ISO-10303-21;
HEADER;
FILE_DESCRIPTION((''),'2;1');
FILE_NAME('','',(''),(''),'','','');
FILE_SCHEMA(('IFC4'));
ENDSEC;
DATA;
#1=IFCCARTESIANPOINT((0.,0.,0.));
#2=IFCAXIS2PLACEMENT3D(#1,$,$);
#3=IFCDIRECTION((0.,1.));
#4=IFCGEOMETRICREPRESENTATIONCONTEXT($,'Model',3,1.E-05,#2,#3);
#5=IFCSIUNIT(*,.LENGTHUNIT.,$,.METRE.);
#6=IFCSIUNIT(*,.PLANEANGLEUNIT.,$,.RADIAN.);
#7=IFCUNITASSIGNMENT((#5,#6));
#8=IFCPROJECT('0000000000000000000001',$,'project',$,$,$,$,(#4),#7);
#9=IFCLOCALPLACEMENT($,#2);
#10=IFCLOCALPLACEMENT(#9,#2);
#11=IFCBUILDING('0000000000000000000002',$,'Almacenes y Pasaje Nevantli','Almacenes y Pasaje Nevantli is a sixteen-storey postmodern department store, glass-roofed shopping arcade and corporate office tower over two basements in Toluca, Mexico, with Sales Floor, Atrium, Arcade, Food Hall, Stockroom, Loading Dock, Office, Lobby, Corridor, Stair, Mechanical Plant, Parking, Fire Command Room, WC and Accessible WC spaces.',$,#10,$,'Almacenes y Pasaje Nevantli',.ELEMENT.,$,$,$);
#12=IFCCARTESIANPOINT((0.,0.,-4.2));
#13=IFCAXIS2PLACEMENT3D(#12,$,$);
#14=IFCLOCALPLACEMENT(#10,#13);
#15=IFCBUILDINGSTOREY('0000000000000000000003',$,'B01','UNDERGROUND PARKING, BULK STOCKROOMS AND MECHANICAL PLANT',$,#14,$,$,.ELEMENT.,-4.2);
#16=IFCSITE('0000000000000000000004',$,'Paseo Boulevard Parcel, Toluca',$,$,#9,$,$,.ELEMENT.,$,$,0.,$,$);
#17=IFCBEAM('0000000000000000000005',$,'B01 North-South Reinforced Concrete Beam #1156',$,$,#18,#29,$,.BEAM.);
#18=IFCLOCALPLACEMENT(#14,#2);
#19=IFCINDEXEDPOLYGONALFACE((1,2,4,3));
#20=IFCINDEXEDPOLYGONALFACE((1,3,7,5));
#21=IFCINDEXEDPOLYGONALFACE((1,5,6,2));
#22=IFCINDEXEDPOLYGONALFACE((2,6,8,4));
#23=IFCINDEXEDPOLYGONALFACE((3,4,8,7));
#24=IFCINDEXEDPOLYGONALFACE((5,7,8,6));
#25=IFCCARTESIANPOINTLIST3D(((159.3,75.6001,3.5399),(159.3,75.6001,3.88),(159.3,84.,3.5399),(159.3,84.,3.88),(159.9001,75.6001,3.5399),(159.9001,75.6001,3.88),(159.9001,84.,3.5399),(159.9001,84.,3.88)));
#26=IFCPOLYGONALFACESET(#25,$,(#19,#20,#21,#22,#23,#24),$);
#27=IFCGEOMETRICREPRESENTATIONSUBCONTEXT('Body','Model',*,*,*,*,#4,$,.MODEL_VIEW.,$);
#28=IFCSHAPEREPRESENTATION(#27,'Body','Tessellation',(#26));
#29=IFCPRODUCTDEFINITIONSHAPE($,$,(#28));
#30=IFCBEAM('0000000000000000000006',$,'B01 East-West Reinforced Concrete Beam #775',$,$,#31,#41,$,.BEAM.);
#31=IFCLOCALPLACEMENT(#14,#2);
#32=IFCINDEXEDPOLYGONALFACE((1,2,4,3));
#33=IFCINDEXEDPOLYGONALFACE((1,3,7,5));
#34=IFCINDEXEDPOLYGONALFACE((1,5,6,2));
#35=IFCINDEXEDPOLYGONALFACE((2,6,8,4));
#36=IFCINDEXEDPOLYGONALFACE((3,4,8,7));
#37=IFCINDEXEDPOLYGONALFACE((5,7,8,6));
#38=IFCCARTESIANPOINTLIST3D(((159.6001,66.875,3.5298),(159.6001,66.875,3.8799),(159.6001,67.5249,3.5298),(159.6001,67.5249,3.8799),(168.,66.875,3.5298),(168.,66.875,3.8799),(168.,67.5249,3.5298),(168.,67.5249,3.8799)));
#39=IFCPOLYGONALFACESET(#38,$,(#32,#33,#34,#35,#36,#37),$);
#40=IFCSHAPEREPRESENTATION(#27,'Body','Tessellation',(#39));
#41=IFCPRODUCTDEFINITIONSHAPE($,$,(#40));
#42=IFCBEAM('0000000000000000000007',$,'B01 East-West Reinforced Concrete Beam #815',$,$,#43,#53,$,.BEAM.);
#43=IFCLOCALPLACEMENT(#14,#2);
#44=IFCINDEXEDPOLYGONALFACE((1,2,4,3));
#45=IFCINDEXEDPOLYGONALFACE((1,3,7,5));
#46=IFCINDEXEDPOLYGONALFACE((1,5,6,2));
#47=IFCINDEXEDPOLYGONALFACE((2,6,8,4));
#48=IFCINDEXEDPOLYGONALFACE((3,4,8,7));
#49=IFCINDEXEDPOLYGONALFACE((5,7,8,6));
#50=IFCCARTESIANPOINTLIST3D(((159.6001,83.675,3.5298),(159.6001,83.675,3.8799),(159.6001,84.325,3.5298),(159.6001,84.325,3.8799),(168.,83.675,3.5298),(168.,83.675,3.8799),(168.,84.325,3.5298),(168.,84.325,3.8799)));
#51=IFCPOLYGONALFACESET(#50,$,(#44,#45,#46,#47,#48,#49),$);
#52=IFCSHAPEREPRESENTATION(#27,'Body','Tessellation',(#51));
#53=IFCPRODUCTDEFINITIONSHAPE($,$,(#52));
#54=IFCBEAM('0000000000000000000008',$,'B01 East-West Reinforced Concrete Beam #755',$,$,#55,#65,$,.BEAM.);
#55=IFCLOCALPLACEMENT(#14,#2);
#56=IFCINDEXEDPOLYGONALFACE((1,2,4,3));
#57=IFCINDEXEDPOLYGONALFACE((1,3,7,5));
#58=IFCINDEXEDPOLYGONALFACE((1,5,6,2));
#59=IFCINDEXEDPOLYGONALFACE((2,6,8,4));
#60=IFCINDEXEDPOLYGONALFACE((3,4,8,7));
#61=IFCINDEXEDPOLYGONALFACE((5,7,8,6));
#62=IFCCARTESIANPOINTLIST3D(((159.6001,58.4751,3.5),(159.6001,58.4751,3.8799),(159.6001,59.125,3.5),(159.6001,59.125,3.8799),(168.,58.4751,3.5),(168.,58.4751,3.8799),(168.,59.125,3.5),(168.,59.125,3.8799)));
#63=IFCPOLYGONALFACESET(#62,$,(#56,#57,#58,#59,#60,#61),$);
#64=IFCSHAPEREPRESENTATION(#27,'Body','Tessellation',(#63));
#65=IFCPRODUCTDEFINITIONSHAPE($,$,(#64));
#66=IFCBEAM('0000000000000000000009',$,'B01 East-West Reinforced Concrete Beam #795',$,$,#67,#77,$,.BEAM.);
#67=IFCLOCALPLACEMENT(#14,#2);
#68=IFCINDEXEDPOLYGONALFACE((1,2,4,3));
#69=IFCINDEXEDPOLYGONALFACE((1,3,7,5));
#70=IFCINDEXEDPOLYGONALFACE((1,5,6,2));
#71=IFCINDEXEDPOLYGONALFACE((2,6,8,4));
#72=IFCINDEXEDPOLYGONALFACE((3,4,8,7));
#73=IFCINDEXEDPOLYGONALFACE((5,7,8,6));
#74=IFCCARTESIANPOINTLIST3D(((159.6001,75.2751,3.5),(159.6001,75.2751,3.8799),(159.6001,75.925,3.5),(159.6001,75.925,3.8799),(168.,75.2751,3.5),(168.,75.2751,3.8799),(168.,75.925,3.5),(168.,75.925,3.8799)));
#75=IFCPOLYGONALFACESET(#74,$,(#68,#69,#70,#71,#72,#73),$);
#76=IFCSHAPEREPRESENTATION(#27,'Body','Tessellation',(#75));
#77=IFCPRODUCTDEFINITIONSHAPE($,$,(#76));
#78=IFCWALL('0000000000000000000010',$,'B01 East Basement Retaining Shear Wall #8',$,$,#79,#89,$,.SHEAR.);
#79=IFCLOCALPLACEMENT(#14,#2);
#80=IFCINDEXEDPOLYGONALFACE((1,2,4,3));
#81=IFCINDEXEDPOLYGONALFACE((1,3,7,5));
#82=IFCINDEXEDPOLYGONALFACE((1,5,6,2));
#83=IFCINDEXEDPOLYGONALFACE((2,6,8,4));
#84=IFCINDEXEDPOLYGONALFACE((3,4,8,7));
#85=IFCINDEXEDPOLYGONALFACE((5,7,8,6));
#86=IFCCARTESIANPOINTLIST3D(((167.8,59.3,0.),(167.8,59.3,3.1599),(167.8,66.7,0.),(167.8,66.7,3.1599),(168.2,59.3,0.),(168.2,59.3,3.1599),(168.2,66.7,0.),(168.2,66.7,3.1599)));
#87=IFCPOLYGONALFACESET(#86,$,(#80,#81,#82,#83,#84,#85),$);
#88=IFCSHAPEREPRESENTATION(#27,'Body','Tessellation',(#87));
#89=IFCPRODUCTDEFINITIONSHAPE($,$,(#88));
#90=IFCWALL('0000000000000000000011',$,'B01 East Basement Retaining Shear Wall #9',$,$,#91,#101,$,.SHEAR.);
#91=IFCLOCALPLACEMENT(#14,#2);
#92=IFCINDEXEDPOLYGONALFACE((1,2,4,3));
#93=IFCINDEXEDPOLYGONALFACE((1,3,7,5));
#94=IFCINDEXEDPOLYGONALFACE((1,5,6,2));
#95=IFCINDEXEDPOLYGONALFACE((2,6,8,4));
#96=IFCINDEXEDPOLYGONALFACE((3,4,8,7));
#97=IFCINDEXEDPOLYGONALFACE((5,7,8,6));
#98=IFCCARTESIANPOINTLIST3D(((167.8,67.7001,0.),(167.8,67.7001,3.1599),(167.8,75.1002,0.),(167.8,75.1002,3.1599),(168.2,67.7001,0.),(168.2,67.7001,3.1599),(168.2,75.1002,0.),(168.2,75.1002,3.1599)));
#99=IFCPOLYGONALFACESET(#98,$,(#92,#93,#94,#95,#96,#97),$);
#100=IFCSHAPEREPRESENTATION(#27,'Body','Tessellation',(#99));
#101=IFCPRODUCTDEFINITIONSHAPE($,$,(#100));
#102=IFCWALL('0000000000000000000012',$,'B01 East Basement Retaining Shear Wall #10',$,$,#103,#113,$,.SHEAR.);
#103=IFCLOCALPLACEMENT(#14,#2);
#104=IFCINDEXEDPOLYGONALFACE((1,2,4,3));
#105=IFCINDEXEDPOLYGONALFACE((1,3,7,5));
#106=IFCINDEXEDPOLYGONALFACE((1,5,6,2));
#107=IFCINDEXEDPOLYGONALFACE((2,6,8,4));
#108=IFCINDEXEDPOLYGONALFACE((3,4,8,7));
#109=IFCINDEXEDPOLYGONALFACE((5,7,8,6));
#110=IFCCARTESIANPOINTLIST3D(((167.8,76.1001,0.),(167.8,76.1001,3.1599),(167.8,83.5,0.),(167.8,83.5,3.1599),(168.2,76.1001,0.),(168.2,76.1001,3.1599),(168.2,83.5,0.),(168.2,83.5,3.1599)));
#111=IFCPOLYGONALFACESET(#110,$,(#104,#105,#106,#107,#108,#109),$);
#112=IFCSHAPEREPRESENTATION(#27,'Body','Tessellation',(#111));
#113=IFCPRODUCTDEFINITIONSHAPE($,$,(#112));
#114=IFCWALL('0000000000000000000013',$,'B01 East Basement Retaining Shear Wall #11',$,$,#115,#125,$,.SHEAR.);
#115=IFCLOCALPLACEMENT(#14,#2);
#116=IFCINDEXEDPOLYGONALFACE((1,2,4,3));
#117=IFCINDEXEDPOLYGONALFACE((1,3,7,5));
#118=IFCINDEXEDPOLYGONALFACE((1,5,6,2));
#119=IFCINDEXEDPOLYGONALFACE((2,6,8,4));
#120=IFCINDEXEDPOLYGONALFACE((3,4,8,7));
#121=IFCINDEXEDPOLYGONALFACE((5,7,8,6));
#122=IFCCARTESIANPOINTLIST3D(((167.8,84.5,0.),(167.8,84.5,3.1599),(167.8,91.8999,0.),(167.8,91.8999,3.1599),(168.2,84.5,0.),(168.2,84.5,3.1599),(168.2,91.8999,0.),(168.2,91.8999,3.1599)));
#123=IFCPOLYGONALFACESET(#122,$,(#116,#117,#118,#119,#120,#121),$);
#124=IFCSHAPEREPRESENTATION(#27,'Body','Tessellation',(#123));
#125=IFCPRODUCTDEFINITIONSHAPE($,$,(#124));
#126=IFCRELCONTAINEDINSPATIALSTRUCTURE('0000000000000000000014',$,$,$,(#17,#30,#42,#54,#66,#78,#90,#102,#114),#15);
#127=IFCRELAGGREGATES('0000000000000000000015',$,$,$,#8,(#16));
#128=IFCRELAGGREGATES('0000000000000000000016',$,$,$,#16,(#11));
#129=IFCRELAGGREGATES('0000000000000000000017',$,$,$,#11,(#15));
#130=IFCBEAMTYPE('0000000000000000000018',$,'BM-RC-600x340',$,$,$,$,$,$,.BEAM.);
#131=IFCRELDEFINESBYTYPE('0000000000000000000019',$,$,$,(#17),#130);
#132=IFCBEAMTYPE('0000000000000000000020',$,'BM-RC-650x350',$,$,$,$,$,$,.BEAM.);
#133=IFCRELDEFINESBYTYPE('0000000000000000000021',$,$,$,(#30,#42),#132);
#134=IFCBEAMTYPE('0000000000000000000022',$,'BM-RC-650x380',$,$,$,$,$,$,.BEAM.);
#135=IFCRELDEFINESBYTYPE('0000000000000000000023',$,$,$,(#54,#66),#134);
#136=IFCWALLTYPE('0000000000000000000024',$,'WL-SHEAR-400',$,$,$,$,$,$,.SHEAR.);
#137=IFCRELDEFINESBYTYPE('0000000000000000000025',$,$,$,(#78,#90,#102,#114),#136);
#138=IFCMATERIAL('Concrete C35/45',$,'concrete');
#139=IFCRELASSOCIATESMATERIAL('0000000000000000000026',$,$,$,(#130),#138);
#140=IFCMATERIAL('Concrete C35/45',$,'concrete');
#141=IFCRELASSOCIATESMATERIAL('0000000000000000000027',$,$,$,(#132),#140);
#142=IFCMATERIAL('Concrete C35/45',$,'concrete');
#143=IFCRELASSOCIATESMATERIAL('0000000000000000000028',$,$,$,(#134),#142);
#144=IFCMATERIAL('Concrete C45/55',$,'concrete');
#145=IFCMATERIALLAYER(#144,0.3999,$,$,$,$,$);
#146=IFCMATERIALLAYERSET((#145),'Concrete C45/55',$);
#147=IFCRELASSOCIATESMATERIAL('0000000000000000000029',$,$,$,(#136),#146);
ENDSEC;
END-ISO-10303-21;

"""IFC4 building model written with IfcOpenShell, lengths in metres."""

from ifc_helpers import new_model, si_unit, direction, frame, frame_2d, origin, origin_2d, place, context, subcontext, project, spatial, rectangle, extrude, material, layer, layer_set, material_profile, profile_set, type_object, element, save


model = new_model("IFC4")

# Units and contexts
model_context = context("Model", 3, precision=1e-05, world=origin(), true_north=direction((0.0, 1.0)))
body_context = subcontext(model_context, "Body", "Model", "MODEL_VIEW")
ifc_project = project(units=[si_unit("LENGTHUNIT", "METRE"), si_unit("PLANEANGLEUNIT", "RADIAN")], contexts=[model_context])

# Site, building, storey
site_placement = place(None, origin())
site = spatial("IfcSite", under=ifc_project, at=site_placement, Name="Paseo Boulevard Parcel, Toluca", CompositionType="ELEMENT", RefElevation=0.0)
building_placement = place(site_placement, origin())
building = spatial("IfcBuilding", under=site, at=building_placement, Name="Almacenes y Pasaje Nevantli", Description="Almacenes y Pasaje Nevantli is a sixteen-storey postmodern department store, glass-roofed shopping arcade and corporate office tower over two basements in Toluca, Mexico, with Sales Floor, Atrium, Arcade, Food Hall, Stockroom, Loading Dock, Office, Lobby, Corridor, Stair, Mechanical Plant, Parking, Fire Command Room, WC and Accessible WC spaces.", LongName="Almacenes y Pasaje Nevantli", CompositionType="ELEMENT")
storey_placement = place(building_placement, frame((0.0, 0.0, -4.2)))
storey = spatial("IfcBuildingStorey", under=building, at=storey_placement, Name="B01", Description="UNDERGROUND PARKING, BULK STOCKROOMS AND MECHANICAL PLANT", CompositionType="ELEMENT", Elevation=-4.2)

# Beams
ifc_material_1 = material(Name="Concrete C35/45", Category="concrete")
ifc_material_profile_1 = material_profile(ifc_material_1, rectangle(XDim=0.6001, YDim=0.3401, at=origin_2d()), Name="RC-BM-600x340")
ifc_profile_set_1 = profile_set([ifc_material_profile_1], Name="Concrete C35/45")
beam_type_1 = type_object("IfcBeamType", Name="BM-RC-600x340", PredefinedType="BEAM", material=ifc_profile_set_1)
for number, where, z_axis, x_axis, name in (
    (1, (159.6001, 75.6001, 3.71), (0.0, 1.0, 0.0), (-1.0, 0.0, 0.0), "B01 North-South Reinforced Concrete Beam #1156"),
):
    element("IfcBeam", number, at=place(storey_placement, frame(where, z_axis=z_axis, x_axis=x_axis)), inside=storey, type_object=beam_type_1, Name=name, PredefinedType="BEAM", context=body_context, shape_type="SweptSolid", body=[
        extrude(rectangle(XDim=0.6001, YDim=0.3401, at=origin_2d()), origin(), (0.0, 0.0, 1.0), 8.3999),
    ])
ifc_material_2 = material(Name="Concrete C35/45", Category="concrete")
ifc_material_profile_2 = material_profile(ifc_material_2, rectangle(XDim=0.6499, YDim=0.3501, at=origin_2d()), Name="RC-BM-650x350")
ifc_profile_set_2 = profile_set([ifc_material_profile_2], Name="Concrete C35/45")
beam_type_2 = type_object("IfcBeamType", Name="BM-RC-650x350", PredefinedType="BEAM", material=ifc_profile_set_2)
for number, where, z_axis, x_axis, name in (
    (2, (159.6001, 67.2, 3.7048), (1.0, 0.0, 0.0), (0.0, 1.0, 0.0), "B01 East-West Reinforced Concrete Beam #775"),
    (3, (159.6001, 84.0, 3.7048), (1.0, 0.0, 0.0), (0.0, 1.0, 0.0), "B01 East-West Reinforced Concrete Beam #815"),
):
    element("IfcBeam", number, at=place(storey_placement, frame(where, z_axis=z_axis, x_axis=x_axis)), inside=storey, type_object=beam_type_2, Name=name, PredefinedType="BEAM", context=body_context, shape_type="SweptSolid", body=[
        extrude(rectangle(XDim=0.6499, YDim=0.3501, at=origin_2d()), origin(), (0.0, 0.0, 1.0), 8.3999),
    ])
ifc_material_3 = material(Name="Concrete C35/45", Category="concrete")
ifc_material_profile_3 = material_profile(ifc_material_3, rectangle(XDim=0.6499, YDim=0.3799, at=origin_2d()), Name="RC-BM-650x380")
ifc_profile_set_3 = profile_set([ifc_material_profile_3], Name="Concrete C35/45")
beam_type_3 = type_object("IfcBeamType", Name="BM-RC-650x380", PredefinedType="BEAM", material=ifc_profile_set_3)
for number, where, z_axis, x_axis, name in (
    (4, (159.6001, 58.8, 3.6899), (1.0, 0.0, 0.0), (0.0, 1.0, 0.0), "B01 East-West Reinforced Concrete Beam #755"),
    (5, (159.6001, 75.6001, 3.6899), (1.0, 0.0, 0.0), (0.0, 1.0, 0.0), "B01 East-West Reinforced Concrete Beam #795"),
):
    element("IfcBeam", number, at=place(storey_placement, frame(where, z_axis=z_axis, x_axis=x_axis)), inside=storey, type_object=beam_type_3, Name=name, PredefinedType="BEAM", context=body_context, shape_type="SweptSolid", body=[
        extrude(rectangle(XDim=0.6499, YDim=0.3799, at=origin_2d()), origin(), (0.0, 0.0, 1.0), 8.3999),
    ])

# Walls
ifc_material_4 = material(Name="Concrete C45/55", Category="concrete")
ifc_layer = layer(ifc_material_4, 0.3999)
ifc_layer_set = layer_set([ifc_layer], Name="Concrete C45/55")
wall_type = type_object("IfcWallType", Name="WL-SHEAR-400", PredefinedType="SHEAR", material=ifc_layer_set)
wall_1_placement = place(storey_placement, frame((168.0, 59.3, 0.0), z_axis=(0.0, 0.0, 1.0), x_axis=(0.0, 1.0, 0.0)))
element("IfcWall", 6, at=wall_1_placement, inside=storey, type_object=wall_type, Name="B01 East Basement Retaining Shear Wall #8", PredefinedType="SHEAR", context=body_context, shape_type="SweptSolid", body=[
    extrude(rectangle(XDim=7.3999, YDim=0.3999, at=frame_2d((3.7, 0.0))), origin(), (0.0, 0.0, 1.0), 3.1599),
])
wall_2_placement = place(storey_placement, frame((168.0, 67.7, 0.0), z_axis=(0.0, 0.0, 1.0), x_axis=(0.0, 1.0, 0.0)))
element("IfcWall", 7, at=wall_2_placement, inside=storey, type_object=wall_type, Name="B01 East Basement Retaining Shear Wall #9", PredefinedType="SHEAR", context=body_context, shape_type="SweptSolid", body=[
    extrude(rectangle(XDim=7.4001, YDim=0.3999, at=frame_2d((3.7002, 0.0))), origin(), (0.0, 0.0, 1.0), 3.1599),
])
for number, where, z_axis, x_axis, name in (
    (8, (168.0, 76.1001, 0.0), (0.0, 0.0, 1.0), (0.0, 1.0, 0.0), "B01 East Basement Retaining Shear Wall #10"),
    (9, (168.0, 84.5, 0.0), (0.0, 0.0, 1.0), (0.0, 1.0, 0.0), "B01 East Basement Retaining Shear Wall #11"),
):
    element("IfcWall", number, at=place(storey_placement, frame(where, z_axis=z_axis, x_axis=x_axis)), inside=storey, type_object=wall_type, Name=name, PredefinedType="SHEAR", context=body_context, shape_type="SweptSolid", body=[
        extrude(rectangle(XDim=7.3999, YDim=0.3999, at=frame_2d((3.7, 0.0))), origin(), (0.0, 0.0, 1.0), 3.1599),
    ])

save(model, "model.ifc")
